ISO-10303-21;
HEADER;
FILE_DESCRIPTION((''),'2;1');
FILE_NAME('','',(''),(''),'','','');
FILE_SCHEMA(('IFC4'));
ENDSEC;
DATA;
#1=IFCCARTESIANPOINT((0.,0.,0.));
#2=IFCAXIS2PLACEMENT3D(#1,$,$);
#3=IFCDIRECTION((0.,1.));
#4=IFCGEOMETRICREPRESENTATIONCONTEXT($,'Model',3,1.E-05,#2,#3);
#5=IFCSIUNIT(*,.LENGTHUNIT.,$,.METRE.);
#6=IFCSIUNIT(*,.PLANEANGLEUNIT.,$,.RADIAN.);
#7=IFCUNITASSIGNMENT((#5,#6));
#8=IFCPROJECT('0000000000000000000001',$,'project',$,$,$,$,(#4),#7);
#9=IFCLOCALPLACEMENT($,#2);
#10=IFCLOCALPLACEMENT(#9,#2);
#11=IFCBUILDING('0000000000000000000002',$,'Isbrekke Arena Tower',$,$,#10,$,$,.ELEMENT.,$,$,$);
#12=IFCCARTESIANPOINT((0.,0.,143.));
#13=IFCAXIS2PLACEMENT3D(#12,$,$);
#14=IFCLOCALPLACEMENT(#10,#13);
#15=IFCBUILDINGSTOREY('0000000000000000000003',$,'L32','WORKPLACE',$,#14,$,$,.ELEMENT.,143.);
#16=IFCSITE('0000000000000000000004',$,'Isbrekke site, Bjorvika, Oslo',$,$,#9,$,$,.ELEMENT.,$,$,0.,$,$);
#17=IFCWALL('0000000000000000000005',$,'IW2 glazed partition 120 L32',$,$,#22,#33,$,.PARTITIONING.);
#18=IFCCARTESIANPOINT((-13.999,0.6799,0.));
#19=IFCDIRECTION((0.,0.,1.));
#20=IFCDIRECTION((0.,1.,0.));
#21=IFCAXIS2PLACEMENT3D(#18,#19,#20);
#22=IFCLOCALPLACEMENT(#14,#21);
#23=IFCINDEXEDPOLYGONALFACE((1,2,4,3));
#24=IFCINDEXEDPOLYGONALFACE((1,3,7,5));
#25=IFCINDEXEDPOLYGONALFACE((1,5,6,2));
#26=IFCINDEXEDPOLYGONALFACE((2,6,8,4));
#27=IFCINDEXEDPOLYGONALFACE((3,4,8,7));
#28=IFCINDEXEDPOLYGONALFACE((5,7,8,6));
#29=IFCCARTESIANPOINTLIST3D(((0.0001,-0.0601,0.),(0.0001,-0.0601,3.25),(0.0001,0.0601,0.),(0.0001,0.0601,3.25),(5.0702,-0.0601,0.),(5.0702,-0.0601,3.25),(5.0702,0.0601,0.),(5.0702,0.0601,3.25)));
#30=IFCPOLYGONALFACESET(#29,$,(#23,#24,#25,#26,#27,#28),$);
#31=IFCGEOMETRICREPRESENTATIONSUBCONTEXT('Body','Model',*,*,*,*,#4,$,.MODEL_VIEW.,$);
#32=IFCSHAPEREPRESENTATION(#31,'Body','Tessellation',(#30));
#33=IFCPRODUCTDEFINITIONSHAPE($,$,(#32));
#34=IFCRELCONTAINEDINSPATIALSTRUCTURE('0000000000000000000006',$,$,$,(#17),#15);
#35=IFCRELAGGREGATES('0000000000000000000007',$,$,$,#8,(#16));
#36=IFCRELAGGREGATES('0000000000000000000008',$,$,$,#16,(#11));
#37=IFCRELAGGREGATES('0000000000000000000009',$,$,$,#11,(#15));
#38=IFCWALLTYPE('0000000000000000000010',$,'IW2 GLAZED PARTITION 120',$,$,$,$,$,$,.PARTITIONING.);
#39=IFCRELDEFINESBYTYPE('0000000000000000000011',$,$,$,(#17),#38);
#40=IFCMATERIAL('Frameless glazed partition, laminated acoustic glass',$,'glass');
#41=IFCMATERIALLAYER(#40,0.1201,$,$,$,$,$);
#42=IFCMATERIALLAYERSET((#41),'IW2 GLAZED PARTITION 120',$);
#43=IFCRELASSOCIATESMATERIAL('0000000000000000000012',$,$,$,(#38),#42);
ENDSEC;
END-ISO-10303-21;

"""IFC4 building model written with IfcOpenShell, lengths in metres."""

from ifc_helpers import new_model, si_unit, direction, frame, frame_2d, origin, place, context, subcontext, project, spatial, rectangle, extrude, material, layer, layer_set, type_object, element, save


model = new_model("IFC4")

# Units and contexts
model_context = context("Model", 3, precision=1e-05, world=origin(), true_north=direction((0.0, 1.0)))
body_context = subcontext(model_context, "Body", "Model", "MODEL_VIEW")
ifc_project = project(units=[si_unit("LENGTHUNIT", "METRE"), si_unit("PLANEANGLEUNIT", "RADIAN")], contexts=[model_context])

# Site, building, storey
site_placement = place(None, origin())
site = spatial("IfcSite", under=ifc_project, at=site_placement, Name="Isbrekke site, Bjorvika, Oslo", CompositionType="ELEMENT", RefElevation=0.0)
building_placement = place(site_placement, origin())
building = spatial("IfcBuilding", under=site, at=building_placement, Name="Isbrekke Arena Tower", CompositionType="ELEMENT")
storey_placement = place(building_placement, frame((0.0, 0.0, 143.0)))
storey = spatial("IfcBuildingStorey", under=building, at=storey_placement, Name="L32", Description="WORKPLACE", CompositionType="ELEMENT", Elevation=143.0)

# Shared definitions
ifc_material_1 = material(Name="Frameless glazed partition, laminated acoustic glass", Category="glass")
ifc_layer_1 = layer(ifc_material_1, 0.1201)
ifc_layer_set_1 = layer_set([ifc_layer_1], Name="IW2 GLAZED PARTITION 120")
wall_type = type_object("IfcWallType", Name="IW2 GLAZED PARTITION 120", PredefinedType="PARTITIONING", material=ifc_layer_set_1)

# Wall
wall_1_placement = place(storey_placement, frame((-13.999, 0.6799, 0.0), z_axis=(0.0, 0.0, 1.0), x_axis=(0.0, 1.0, 0.0)))
element("IfcWall", 1, at=wall_1_placement, inside=storey, type_object=wall_type, Name="IW2 glazed partition 120 L32", PredefinedType="PARTITIONING", context=body_context, shape_type="SweptSolid", body=[
    extrude(rectangle(XDim=5.0701, YDim=0.1201, at=frame_2d((2.5352, 0.0))), origin(), (0.0, 0.0, 1.0), 3.25),
])

save(model, "model.ifc")
